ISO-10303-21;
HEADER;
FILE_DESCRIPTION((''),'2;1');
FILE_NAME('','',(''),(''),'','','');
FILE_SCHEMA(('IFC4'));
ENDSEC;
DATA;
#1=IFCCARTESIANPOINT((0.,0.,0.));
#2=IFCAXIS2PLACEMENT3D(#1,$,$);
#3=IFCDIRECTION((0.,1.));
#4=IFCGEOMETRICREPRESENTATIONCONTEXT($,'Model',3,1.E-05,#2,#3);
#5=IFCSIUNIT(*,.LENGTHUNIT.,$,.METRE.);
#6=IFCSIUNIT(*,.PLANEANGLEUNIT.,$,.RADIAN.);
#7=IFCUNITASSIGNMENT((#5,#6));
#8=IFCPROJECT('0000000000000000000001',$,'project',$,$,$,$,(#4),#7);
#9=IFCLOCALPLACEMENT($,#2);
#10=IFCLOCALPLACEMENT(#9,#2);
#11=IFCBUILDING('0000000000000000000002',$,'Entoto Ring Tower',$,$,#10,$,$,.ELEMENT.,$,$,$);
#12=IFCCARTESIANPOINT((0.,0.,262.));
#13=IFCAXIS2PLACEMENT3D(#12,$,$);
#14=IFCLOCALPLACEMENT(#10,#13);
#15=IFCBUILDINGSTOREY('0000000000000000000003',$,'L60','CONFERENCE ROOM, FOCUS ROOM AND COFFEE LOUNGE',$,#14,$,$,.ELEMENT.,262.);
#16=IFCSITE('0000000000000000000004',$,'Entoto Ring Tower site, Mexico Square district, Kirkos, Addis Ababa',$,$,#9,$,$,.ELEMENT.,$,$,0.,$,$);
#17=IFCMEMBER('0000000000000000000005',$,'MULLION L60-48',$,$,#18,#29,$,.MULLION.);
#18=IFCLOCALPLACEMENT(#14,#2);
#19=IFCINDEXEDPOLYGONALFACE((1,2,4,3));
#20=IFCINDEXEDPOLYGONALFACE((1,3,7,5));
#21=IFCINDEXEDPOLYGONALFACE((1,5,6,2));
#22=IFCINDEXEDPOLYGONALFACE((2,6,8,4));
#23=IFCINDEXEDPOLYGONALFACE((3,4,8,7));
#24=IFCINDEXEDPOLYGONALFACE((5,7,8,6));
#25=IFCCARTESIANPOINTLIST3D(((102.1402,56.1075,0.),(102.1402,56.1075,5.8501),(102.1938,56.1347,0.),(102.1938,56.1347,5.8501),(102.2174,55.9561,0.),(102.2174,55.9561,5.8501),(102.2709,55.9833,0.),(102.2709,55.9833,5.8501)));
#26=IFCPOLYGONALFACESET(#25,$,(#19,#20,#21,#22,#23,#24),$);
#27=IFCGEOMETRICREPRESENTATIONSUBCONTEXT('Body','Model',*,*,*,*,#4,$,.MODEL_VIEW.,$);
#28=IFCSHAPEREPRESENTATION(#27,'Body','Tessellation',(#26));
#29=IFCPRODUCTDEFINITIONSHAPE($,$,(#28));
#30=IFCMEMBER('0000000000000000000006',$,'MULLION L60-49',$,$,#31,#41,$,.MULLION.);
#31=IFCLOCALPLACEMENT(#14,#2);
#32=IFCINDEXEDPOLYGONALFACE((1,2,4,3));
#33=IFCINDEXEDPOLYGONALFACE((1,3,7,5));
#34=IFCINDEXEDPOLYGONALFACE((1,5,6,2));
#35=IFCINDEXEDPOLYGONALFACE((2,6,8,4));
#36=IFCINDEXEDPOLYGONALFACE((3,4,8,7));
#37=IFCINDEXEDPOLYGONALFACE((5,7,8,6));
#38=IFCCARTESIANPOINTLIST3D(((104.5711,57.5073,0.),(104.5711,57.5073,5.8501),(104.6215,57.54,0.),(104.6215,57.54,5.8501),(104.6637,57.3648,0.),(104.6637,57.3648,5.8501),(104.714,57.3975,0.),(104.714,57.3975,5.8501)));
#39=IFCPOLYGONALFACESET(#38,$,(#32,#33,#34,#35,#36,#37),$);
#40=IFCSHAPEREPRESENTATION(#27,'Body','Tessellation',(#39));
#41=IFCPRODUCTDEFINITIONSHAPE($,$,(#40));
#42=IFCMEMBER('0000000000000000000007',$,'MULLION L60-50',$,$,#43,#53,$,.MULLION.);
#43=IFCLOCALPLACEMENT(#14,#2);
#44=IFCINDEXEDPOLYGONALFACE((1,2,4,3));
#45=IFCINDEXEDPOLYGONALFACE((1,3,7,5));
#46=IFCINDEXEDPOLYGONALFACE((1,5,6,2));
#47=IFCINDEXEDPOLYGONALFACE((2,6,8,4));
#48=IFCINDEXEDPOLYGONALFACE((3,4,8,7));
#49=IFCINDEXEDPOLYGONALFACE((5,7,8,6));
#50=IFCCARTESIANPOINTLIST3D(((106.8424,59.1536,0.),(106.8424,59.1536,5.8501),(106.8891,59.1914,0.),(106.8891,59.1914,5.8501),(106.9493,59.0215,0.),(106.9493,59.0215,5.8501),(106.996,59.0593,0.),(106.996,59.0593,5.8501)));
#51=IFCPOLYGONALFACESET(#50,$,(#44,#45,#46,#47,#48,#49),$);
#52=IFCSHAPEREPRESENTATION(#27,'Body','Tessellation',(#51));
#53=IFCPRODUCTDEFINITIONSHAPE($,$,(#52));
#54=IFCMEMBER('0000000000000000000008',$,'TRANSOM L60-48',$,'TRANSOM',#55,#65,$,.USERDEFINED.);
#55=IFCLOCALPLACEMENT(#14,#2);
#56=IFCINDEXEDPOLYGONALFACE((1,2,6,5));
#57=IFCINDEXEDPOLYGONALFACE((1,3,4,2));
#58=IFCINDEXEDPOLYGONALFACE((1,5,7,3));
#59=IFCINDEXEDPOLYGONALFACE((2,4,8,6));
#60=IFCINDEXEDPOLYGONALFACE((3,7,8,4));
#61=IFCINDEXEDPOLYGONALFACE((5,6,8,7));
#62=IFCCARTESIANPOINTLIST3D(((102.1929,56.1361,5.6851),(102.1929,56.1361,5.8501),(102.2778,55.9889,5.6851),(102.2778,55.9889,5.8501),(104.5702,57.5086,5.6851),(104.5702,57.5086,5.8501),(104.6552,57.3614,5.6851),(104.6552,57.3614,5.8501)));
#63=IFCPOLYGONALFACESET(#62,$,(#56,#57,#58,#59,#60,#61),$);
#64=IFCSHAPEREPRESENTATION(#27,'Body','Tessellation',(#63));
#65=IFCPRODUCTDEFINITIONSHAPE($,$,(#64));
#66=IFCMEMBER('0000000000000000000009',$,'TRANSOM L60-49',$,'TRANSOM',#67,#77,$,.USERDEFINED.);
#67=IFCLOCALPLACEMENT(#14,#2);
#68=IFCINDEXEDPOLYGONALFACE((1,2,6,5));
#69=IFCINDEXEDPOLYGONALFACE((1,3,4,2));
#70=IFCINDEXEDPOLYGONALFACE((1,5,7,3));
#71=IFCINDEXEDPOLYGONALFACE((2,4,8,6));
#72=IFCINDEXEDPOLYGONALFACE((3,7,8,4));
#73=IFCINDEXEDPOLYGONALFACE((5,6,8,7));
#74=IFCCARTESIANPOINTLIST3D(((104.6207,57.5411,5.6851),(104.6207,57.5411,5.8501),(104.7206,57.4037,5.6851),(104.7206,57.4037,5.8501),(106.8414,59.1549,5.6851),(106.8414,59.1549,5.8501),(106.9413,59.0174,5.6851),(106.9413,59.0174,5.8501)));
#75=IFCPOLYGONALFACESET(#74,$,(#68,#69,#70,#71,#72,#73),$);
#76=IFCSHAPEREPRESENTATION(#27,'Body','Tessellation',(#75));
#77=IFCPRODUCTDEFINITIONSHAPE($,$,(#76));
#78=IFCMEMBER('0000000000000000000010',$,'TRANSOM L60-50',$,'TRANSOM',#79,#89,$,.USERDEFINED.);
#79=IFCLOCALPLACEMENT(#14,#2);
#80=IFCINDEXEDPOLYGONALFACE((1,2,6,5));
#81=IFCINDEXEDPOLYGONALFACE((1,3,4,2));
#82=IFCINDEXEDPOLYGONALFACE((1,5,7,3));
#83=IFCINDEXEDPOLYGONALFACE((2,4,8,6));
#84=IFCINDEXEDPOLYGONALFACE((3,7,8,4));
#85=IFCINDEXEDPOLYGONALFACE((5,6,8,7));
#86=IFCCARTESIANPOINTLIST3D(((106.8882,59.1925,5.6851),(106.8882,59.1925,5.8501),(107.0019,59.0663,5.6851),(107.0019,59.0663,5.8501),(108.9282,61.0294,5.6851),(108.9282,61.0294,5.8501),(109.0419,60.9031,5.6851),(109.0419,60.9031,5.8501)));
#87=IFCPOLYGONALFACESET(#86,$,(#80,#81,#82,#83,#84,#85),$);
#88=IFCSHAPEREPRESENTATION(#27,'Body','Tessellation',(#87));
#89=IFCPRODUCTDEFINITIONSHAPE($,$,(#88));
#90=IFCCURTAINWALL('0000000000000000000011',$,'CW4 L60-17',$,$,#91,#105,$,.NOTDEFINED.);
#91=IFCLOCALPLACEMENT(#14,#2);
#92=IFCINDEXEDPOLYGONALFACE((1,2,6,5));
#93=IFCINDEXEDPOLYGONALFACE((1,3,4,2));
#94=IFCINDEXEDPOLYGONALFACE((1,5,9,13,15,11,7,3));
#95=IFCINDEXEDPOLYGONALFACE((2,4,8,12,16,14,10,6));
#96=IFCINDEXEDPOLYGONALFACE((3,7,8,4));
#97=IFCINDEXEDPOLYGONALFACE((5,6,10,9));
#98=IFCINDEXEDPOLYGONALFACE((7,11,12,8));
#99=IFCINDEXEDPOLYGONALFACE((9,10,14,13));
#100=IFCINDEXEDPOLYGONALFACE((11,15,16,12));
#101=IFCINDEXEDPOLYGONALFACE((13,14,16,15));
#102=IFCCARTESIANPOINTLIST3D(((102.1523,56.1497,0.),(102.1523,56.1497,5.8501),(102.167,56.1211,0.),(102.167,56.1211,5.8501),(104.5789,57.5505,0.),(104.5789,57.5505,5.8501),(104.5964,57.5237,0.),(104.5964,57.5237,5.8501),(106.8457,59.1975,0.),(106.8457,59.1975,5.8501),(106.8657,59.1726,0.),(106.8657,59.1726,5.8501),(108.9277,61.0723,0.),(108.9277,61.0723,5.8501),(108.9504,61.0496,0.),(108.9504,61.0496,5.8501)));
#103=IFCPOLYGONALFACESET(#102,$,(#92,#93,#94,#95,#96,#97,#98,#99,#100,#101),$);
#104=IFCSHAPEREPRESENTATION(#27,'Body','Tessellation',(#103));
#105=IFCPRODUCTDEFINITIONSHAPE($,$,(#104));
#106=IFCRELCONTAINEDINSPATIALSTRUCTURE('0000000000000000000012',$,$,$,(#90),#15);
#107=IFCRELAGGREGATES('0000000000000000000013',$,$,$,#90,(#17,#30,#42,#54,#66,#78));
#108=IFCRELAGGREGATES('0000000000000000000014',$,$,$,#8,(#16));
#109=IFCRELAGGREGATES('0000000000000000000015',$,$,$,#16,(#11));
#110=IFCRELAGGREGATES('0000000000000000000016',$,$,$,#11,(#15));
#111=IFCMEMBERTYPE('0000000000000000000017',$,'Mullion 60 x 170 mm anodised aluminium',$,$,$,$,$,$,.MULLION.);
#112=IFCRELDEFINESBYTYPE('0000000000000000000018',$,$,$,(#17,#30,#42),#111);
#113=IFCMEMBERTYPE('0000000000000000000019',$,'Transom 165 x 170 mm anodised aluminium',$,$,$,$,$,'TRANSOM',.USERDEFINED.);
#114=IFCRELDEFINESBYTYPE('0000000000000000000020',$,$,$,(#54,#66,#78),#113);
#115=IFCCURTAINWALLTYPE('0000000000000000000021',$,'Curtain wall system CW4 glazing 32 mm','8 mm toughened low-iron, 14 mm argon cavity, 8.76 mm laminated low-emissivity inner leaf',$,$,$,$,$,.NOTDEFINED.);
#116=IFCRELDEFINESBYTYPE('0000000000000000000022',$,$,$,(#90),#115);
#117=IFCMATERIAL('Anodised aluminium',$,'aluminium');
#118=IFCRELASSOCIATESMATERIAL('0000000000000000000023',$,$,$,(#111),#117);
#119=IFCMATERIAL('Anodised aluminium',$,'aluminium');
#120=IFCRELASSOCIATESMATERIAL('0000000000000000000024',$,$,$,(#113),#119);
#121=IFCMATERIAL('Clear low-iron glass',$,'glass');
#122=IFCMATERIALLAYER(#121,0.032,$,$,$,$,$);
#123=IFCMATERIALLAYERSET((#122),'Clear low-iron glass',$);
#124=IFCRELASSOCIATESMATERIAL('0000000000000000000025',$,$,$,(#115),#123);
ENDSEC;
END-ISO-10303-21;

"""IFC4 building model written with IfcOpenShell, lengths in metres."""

from ifc_helpers import new_model, si_unit, direction, frame, origin, origin_2d, place, context, subcontext, project, spatial, polyline, rectangle, outline, extrude, material, layer, layer_set, material_profile, profile_set, type_object, element, aggregate, save


model = new_model("IFC4")

# Units and contexts
model_context = context("Model", 3, precision=1e-05, world=origin(), true_north=direction((0.0, 1.0)))
body_context = subcontext(model_context, "Body", "Model", "MODEL_VIEW")
ifc_project = project(units=[si_unit("LENGTHUNIT", "METRE"), si_unit("PLANEANGLEUNIT", "RADIAN")], contexts=[model_context])

# Members
ifc_material_1 = material(Name="Anodised aluminium", Category="aluminium")
ifc_material_profile_1 = material_profile(ifc_material_1, rectangle(XDim=0.0601, YDim=0.1699, at=origin_2d()), Name="Mullion 60 x 170 mm anodised aluminium")
ifc_profile_set_1 = profile_set([ifc_material_profile_1], Name="Anodised aluminium")
member_type_1 = type_object("IfcMemberType", Name="Mullion 60 x 170 mm anodised aluminium", PredefinedType="MULLION", material=ifc_profile_set_1)
site_placement = place(None, origin())
building_placement = place(site_placement, origin())
storey_placement = place(building_placement, frame((0.0, 0.0, 262.0)))
member_1_placement = place(storey_placement, frame((102.2056, 56.0454, 0.0), z_axis=(0.0, 0.0, 1.0), x_axis=(0.891007, 0.45399, 0.0)))
member_1 = element("IfcMember", 1, at=member_1_placement, type_object=member_type_1, Name="MULLION L60-48", PredefinedType="MULLION", context=body_context, shape_type="SweptSolid", body=[
    extrude(rectangle(XDim=0.0601, YDim=0.1699, at=origin_2d()), origin(), (0.0, 0.0, 1.0), 5.8501),
])
member_2_placement = place(storey_placement, frame((104.6426, 57.4524, 0.0), z_axis=(0.0, 0.0, 1.0), x_axis=(0.838671, 0.544639, 0.0)))
member_2 = element("IfcMember", 2, at=member_2_placement, type_object=member_type_1, Name="MULLION L60-49", PredefinedType="MULLION", context=body_context, shape_type="SweptSolid", body=[
    extrude(rectangle(XDim=0.0601, YDim=0.1699, at=origin_2d()), origin(), (0.0, 0.0, 1.0), 5.8501),
])
member_3_placement = place(storey_placement, frame((106.9192, 59.1064, 0.0), z_axis=(0.0, 0.0, 1.0), x_axis=(0.777146, 0.62932, 0.0)))
member_3 = element("IfcMember", 3, at=member_3_placement, type_object=member_type_1, Name="MULLION L60-50", PredefinedType="MULLION", context=body_context, shape_type="SweptSolid", body=[
    extrude(rectangle(XDim=0.0601, YDim=0.1699, at=origin_2d()), origin(), (0.0, 0.0, 1.0), 5.8501),
])
ifc_material_2 = material(Name="Anodised aluminium", Category="aluminium")
ifc_material_profile_2 = material_profile(ifc_material_2, rectangle(XDim=0.1699, YDim=0.165, at=origin_2d()), Name="Transom 165 x 170 mm anodised aluminium")
ifc_profile_set_2 = profile_set([ifc_material_profile_2], Name="Anodised aluminium")
member_type_2 = type_object("IfcMemberType", Name="Transom 165 x 170 mm anodised aluminium", ElementType="TRANSOM", PredefinedType="USERDEFINED", material=ifc_profile_set_2)
member_4_placement = place(storey_placement, frame((102.2354, 56.0625, 5.7676), z_axis=(0.866035, 0.499984, 0.0), x_axis=(-0.499984, 0.866035, 0.0)))
member_4 = element("IfcMember", 4, at=member_4_placement, type_object=member_type_2, Name="TRANSOM L60-48", ObjectType="TRANSOM", PredefinedType="USERDEFINED", context=body_context, shape_type="SweptSolid", body=[
    extrude(rectangle(XDim=0.1699, YDim=0.165, at=origin_2d()), origin(), (0.0, 0.0, 1.0), 2.7451),
])
member_5_placement = place(storey_placement, frame((104.6707, 57.4724, 5.7676), z_axis=(0.808959, 0.587865, 0.0), x_axis=(-0.587865, 0.808959, 0.0)))
member_5 = element("IfcMember", 5, at=member_5_placement, type_object=member_type_2, Name="TRANSOM L60-49", ObjectType="TRANSOM", PredefinedType="USERDEFINED", context=body_context, shape_type="SweptSolid", body=[
    extrude(rectangle(XDim=0.1699, YDim=0.165, at=origin_2d()), origin(), (0.0, 0.0, 1.0), 2.7451),
])
member_6_placement = place(storey_placement, frame((106.9451, 59.1294, 5.7676), z_axis=(0.743135, 0.669142, 0.0), x_axis=(-0.669142, 0.743135, 0.0)))
member_6 = element("IfcMember", 6, at=member_6_placement, type_object=member_type_2, Name="TRANSOM L60-50", ObjectType="TRANSOM", PredefinedType="USERDEFINED", context=body_context, shape_type="SweptSolid", body=[
    extrude(rectangle(XDim=0.1699, YDim=0.165, at=origin_2d()), origin(), (0.0, 0.0, 1.0), 2.7451),
])

# Site, building, storey
site = spatial("IfcSite", under=ifc_project, at=site_placement, Name="Entoto Ring Tower site, Mexico Square district, Kirkos, Addis Ababa", CompositionType="ELEMENT", RefElevation=0.0)
building = spatial("IfcBuilding", under=site, at=building_placement, Name="Entoto Ring Tower", CompositionType="ELEMENT")
storey = spatial("IfcBuildingStorey", under=building, at=storey_placement, Name="L60", Description="CONFERENCE ROOM, FOCUS ROOM AND COFFEE LOUNGE", CompositionType="ELEMENT", Elevation=262.0)

# Curtain wall
ifc_material_3 = material(Name="Clear low-iron glass", Category="glass")
ifc_layer = layer(ifc_material_3, 0.032)
ifc_layer_set = layer_set([ifc_layer], Name="Clear low-iron glass")
curtain_wall_type = type_object("IfcCurtainWallType", Name="Curtain wall system CW4 glazing 32 mm", Description="8 mm toughened low-iron, 14 mm argon cavity, 8.76 mm laminated low-emissivity inner leaf", PredefinedType="NOTDEFINED", material=ifc_layer_set)
curtain_wall_1_placement = place(storey_placement, origin())
curtain_wall_1 = element("IfcCurtainWall", 7, at=curtain_wall_1_placement, inside=storey, type_object=curtain_wall_type, Name="CW4 L60-17", PredefinedType="NOTDEFINED", context=body_context, shape_type="SweptSolid", body=[
    extrude(outline(polyline([(102.167, 56.1211), (104.5964, 57.5237), (106.8657, 59.1726), (108.9504, 61.0496), (108.9277, 61.0723), (106.8457, 59.1975), (104.5789, 57.5505), (102.1523, 56.1497), (102.167, 56.1211)])), origin(), (0.0, 0.0, 1.0), 5.8501),
])
aggregate(curtain_wall_1, [member_1, member_2, member_3, member_4, member_5, member_6])

save(model, "model.ifc")
